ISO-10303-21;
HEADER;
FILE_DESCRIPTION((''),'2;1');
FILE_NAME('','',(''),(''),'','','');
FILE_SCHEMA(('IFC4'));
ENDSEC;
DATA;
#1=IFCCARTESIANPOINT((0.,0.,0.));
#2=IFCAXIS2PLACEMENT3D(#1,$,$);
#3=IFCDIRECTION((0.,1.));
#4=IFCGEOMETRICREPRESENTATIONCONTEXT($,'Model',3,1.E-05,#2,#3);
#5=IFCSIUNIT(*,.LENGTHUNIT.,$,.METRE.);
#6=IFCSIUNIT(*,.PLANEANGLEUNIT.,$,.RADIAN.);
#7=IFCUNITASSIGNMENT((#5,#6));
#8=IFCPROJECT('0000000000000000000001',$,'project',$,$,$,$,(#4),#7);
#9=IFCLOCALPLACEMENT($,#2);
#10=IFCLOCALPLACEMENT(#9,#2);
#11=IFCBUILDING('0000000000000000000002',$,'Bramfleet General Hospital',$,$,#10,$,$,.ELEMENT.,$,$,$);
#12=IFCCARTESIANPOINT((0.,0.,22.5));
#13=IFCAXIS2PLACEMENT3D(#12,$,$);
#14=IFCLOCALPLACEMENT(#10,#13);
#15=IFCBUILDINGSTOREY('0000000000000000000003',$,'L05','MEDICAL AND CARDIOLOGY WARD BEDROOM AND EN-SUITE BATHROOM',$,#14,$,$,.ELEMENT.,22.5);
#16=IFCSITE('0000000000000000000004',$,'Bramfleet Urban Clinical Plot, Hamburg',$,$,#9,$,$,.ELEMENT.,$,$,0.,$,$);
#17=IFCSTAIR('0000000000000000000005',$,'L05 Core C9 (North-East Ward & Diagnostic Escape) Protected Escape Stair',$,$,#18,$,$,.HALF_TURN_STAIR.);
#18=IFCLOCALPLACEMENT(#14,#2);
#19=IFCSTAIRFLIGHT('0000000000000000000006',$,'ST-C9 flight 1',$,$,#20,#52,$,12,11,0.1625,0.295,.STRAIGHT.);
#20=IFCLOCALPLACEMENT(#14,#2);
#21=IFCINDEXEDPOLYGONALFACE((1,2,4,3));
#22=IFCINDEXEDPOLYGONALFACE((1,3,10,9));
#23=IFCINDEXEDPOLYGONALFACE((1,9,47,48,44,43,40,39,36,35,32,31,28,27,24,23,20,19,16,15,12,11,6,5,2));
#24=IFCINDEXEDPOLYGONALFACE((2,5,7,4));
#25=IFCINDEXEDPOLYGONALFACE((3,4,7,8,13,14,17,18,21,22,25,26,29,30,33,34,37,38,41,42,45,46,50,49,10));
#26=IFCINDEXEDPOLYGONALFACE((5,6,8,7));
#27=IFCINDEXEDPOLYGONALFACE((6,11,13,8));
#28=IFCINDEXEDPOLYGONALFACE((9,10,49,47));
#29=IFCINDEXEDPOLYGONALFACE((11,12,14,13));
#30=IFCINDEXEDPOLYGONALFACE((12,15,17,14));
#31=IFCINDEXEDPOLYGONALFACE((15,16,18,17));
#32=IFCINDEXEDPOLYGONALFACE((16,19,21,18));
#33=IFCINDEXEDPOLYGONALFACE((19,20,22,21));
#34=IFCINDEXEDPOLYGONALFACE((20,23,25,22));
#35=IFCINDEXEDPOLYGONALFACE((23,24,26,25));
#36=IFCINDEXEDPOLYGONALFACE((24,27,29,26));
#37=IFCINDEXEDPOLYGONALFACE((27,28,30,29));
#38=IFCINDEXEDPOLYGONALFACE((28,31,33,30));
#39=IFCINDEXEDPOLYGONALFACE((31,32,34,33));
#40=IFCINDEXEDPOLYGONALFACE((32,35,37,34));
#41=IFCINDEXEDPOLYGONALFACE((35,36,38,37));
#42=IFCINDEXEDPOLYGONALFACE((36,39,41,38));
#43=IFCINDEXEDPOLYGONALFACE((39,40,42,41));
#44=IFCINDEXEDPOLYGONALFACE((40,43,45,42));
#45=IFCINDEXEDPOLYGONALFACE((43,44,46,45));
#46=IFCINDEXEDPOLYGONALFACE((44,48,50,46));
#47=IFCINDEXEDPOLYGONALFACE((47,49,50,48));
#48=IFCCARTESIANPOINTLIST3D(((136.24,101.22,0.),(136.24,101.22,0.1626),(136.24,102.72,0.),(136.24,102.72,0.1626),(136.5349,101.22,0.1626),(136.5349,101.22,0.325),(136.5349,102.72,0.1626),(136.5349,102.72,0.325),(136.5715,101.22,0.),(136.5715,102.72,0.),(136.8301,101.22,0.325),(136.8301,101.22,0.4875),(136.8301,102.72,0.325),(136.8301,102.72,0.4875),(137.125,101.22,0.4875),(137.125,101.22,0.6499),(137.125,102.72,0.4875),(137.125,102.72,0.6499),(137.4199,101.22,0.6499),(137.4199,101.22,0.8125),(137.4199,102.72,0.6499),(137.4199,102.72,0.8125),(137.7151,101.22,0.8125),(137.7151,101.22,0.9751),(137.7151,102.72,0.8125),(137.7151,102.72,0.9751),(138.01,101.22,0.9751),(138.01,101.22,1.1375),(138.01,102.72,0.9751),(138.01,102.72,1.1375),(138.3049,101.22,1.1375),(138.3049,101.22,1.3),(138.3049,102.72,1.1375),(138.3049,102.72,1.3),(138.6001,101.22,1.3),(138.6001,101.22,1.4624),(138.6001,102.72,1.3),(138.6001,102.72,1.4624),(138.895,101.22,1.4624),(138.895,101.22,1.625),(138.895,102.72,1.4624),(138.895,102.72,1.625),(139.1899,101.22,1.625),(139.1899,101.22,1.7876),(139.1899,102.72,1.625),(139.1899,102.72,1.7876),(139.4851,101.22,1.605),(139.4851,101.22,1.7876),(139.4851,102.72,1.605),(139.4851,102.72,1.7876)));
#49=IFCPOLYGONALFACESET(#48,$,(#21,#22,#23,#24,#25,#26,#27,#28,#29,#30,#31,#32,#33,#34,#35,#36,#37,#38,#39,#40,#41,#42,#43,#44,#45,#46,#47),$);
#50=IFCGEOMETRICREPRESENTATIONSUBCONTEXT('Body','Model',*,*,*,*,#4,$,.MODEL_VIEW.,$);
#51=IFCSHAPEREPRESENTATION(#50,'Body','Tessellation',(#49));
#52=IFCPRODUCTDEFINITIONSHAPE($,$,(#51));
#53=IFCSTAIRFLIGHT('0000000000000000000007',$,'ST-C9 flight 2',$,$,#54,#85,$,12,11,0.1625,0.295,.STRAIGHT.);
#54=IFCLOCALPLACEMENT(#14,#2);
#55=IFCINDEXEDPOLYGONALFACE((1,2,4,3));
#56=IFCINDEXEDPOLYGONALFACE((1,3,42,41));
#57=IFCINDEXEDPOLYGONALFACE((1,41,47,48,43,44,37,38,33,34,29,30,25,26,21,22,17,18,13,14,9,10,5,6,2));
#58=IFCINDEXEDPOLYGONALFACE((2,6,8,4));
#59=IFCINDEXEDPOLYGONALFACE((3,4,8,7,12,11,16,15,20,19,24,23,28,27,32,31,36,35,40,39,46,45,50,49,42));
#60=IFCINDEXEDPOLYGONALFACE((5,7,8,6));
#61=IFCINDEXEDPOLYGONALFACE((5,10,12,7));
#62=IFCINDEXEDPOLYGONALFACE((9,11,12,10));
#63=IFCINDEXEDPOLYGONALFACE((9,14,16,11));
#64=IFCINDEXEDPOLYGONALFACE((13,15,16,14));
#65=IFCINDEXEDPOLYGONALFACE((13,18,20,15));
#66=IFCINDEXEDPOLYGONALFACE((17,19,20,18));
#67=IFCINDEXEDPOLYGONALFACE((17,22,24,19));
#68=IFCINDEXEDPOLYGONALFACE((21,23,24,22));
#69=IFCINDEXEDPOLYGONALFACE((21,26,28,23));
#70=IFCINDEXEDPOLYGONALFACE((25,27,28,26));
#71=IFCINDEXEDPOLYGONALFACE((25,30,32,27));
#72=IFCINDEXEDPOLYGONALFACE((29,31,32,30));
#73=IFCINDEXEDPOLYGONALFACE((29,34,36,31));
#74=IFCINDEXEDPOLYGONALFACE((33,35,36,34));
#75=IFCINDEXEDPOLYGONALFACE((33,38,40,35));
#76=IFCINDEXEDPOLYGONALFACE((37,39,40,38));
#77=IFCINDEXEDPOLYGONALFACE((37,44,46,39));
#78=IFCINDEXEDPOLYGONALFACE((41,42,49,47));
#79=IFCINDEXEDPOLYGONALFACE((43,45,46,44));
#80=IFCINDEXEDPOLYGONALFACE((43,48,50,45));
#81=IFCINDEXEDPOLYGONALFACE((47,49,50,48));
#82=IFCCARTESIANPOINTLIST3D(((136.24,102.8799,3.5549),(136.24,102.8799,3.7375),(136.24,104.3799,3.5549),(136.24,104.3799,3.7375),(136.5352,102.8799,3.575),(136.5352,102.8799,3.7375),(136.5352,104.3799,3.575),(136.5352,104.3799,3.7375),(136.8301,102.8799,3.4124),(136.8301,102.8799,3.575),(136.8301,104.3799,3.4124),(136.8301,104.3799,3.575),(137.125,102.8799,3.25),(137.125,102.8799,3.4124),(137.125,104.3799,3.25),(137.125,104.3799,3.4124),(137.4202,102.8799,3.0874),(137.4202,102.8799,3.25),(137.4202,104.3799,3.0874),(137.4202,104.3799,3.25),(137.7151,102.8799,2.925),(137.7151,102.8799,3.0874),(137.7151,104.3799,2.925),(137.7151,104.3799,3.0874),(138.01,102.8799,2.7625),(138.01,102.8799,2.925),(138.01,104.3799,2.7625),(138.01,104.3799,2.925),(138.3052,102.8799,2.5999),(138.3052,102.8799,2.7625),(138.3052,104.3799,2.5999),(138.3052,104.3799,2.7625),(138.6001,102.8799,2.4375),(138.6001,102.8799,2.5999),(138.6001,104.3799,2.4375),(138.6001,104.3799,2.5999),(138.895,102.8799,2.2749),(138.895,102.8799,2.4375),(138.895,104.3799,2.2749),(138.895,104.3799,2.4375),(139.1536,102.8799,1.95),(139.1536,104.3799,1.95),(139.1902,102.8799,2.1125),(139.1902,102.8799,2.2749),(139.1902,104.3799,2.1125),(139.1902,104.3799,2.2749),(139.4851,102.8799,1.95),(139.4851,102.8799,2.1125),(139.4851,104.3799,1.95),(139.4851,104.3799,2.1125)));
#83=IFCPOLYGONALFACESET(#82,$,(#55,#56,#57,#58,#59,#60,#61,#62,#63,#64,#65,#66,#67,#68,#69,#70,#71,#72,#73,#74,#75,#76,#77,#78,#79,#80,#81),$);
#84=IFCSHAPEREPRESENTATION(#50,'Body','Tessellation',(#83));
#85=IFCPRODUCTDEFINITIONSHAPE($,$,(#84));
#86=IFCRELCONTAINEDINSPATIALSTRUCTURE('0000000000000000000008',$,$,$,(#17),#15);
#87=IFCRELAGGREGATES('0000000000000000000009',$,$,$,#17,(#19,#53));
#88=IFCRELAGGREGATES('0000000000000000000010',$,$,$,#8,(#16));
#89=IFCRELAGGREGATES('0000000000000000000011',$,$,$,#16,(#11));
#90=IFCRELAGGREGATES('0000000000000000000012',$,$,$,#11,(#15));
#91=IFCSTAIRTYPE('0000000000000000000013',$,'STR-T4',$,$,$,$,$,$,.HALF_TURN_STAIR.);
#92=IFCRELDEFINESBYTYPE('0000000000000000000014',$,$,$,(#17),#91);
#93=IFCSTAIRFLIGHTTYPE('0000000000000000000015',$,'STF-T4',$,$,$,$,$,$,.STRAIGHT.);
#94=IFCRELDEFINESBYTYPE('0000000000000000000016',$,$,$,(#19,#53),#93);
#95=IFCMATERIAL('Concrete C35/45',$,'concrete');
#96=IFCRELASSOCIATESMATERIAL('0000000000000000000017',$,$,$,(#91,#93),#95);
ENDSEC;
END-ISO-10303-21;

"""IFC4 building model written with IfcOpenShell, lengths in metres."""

from ifc_helpers import new_model, si_unit, direction, frame, origin, place, context, subcontext, project, spatial, polyline, outline, extrude, material, type_object, element, aggregate, save


model = new_model("IFC4")

# Units and contexts
model_context = context("Model", 3, precision=1e-05, world=origin(), true_north=direction((0.0, 1.0)))
body_context = subcontext(model_context, "Body", "Model", "MODEL_VIEW")
ifc_project = project(units=[si_unit("LENGTHUNIT", "METRE"), si_unit("PLANEANGLEUNIT", "RADIAN")], contexts=[model_context])

# Site, building, storey
site_placement = place(None, origin())
site = spatial("IfcSite", under=ifc_project, at=site_placement, Name="Bramfleet Urban Clinical Plot, Hamburg", CompositionType="ELEMENT", RefElevation=0.0)
building_placement = place(site_placement, origin())
building = spatial("IfcBuilding", under=site, at=building_placement, Name="Bramfleet General Hospital", CompositionType="ELEMENT")
storey_placement = place(building_placement, frame((0.0, 0.0, 22.5)))
storey = spatial("IfcBuildingStorey", under=building, at=storey_placement, Name="L05", Description="MEDICAL AND CARDIOLOGY WARD BEDROOM AND EN-SUITE BATHROOM", CompositionType="ELEMENT", Elevation=22.5)

# Shared definitions
ifc_material_1 = material(Name="Concrete C35/45", Category="concrete")

# Stair, stair flights
stair_type = type_object("IfcStairType", Name="STR-T4", PredefinedType="HALF_TURN_STAIR", material=ifc_material_1)
stair_placement = place(storey_placement, origin())
stair = element("IfcStair", 1, at=stair_placement, inside=storey, type_object=stair_type, Name="L05 Core C9 (North-East Ward & Diagnostic Escape) Protected Escape Stair", PredefinedType="HALF_TURN_STAIR")
stair_flight_type = type_object("IfcStairFlightType", Name="STF-T4", PredefinedType="STRAIGHT", material=ifc_material_1)
stair_flight_1_placement = place(storey_placement, frame((136.24, 101.97, 0.0), z_axis=(0.0, 0.0, 1.0), x_axis=(1.0, 0.0, 0.0)))
stair_flight_1 = element("IfcStairFlight", 2, at=stair_flight_1_placement, type_object=stair_flight_type, Name="ST-C9 flight 1", NumberOfRisers=12, NumberOfTreads=11, PredefinedType="STRAIGHT", RiserHeight=0.1625, TreadLength=0.295, context=body_context, shape_type="SweptSolid", body=[
    extrude(outline(polyline([(0.0, 0.0), (0.0, 0.1626), (0.2949, 0.1626), (0.2949, 0.325), (0.5901, 0.325), (0.5901, 0.4875), (0.885, 0.4875), (0.885, 0.6499), (1.1799, 0.6499), (1.1799, 0.8125), (1.4751, 0.8125), (1.4751, 0.9751), (1.77, 0.9751), (1.77, 1.1375), (2.0649, 1.1375), (2.0649, 1.3), (2.3601, 1.3), (2.3601, 1.4624), (2.655, 1.4624), (2.655, 1.625), (2.95, 1.625), (2.95, 1.7876), (3.2451, 1.7876), (3.2451, 1.95), (3.2451, 1.605), (0.3315, 0.0), (0.0, 0.0)])), frame((0.0, 0.75, 0.0), z_axis=(0.0, -1.0, 0.0), x_axis=(1.0, 0.0, 0.0)), (0.0, 0.0, 1.0), 1.5),
])
stair_flight_2_placement = place(storey_placement, frame((139.4851, 103.6299, 1.95), z_axis=(0.0, 0.0, 1.0), x_axis=(-1.0, 0.0, 0.0)))
stair_flight_2 = element("IfcStairFlight", 3, at=stair_flight_2_placement, type_object=stair_flight_type, Name="ST-C9 flight 2", NumberOfRisers=12, NumberOfTreads=11, PredefinedType="STRAIGHT", RiserHeight=0.1625, TreadLength=0.295, context=body_context, shape_type="SweptSolid", body=[
    extrude(outline(polyline([(0.0, 0.0), (0.0, 0.1626), (0.2949, 0.1626), (0.2949, 0.325), (0.5901, 0.325), (0.5901, 0.4875), (0.885, 0.4875), (0.885, 0.6499), (1.1799, 0.6499), (1.1799, 0.8125), (1.4751, 0.8125), (1.4751, 0.9751), (1.77, 0.9751), (1.77, 1.1375), (2.0649, 1.1375), (2.0649, 1.3), (2.3601, 1.3), (2.3601, 1.4624), (2.655, 1.4624), (2.655, 1.625), (2.95, 1.625), (2.95, 1.7876), (3.2451, 1.7876), (3.2451, 1.95), (3.2451, 1.605), (0.3315, 0.0), (0.0, 0.0)])), frame((0.0, 0.75, 0.0), z_axis=(0.0, -1.0, 0.0), x_axis=(1.0, 0.0, 0.0)), (0.0, 0.0, 1.0), 1.5),
])
aggregate(stair, [stair_flight_1, stair_flight_2])

save(model, "model.ifc")
